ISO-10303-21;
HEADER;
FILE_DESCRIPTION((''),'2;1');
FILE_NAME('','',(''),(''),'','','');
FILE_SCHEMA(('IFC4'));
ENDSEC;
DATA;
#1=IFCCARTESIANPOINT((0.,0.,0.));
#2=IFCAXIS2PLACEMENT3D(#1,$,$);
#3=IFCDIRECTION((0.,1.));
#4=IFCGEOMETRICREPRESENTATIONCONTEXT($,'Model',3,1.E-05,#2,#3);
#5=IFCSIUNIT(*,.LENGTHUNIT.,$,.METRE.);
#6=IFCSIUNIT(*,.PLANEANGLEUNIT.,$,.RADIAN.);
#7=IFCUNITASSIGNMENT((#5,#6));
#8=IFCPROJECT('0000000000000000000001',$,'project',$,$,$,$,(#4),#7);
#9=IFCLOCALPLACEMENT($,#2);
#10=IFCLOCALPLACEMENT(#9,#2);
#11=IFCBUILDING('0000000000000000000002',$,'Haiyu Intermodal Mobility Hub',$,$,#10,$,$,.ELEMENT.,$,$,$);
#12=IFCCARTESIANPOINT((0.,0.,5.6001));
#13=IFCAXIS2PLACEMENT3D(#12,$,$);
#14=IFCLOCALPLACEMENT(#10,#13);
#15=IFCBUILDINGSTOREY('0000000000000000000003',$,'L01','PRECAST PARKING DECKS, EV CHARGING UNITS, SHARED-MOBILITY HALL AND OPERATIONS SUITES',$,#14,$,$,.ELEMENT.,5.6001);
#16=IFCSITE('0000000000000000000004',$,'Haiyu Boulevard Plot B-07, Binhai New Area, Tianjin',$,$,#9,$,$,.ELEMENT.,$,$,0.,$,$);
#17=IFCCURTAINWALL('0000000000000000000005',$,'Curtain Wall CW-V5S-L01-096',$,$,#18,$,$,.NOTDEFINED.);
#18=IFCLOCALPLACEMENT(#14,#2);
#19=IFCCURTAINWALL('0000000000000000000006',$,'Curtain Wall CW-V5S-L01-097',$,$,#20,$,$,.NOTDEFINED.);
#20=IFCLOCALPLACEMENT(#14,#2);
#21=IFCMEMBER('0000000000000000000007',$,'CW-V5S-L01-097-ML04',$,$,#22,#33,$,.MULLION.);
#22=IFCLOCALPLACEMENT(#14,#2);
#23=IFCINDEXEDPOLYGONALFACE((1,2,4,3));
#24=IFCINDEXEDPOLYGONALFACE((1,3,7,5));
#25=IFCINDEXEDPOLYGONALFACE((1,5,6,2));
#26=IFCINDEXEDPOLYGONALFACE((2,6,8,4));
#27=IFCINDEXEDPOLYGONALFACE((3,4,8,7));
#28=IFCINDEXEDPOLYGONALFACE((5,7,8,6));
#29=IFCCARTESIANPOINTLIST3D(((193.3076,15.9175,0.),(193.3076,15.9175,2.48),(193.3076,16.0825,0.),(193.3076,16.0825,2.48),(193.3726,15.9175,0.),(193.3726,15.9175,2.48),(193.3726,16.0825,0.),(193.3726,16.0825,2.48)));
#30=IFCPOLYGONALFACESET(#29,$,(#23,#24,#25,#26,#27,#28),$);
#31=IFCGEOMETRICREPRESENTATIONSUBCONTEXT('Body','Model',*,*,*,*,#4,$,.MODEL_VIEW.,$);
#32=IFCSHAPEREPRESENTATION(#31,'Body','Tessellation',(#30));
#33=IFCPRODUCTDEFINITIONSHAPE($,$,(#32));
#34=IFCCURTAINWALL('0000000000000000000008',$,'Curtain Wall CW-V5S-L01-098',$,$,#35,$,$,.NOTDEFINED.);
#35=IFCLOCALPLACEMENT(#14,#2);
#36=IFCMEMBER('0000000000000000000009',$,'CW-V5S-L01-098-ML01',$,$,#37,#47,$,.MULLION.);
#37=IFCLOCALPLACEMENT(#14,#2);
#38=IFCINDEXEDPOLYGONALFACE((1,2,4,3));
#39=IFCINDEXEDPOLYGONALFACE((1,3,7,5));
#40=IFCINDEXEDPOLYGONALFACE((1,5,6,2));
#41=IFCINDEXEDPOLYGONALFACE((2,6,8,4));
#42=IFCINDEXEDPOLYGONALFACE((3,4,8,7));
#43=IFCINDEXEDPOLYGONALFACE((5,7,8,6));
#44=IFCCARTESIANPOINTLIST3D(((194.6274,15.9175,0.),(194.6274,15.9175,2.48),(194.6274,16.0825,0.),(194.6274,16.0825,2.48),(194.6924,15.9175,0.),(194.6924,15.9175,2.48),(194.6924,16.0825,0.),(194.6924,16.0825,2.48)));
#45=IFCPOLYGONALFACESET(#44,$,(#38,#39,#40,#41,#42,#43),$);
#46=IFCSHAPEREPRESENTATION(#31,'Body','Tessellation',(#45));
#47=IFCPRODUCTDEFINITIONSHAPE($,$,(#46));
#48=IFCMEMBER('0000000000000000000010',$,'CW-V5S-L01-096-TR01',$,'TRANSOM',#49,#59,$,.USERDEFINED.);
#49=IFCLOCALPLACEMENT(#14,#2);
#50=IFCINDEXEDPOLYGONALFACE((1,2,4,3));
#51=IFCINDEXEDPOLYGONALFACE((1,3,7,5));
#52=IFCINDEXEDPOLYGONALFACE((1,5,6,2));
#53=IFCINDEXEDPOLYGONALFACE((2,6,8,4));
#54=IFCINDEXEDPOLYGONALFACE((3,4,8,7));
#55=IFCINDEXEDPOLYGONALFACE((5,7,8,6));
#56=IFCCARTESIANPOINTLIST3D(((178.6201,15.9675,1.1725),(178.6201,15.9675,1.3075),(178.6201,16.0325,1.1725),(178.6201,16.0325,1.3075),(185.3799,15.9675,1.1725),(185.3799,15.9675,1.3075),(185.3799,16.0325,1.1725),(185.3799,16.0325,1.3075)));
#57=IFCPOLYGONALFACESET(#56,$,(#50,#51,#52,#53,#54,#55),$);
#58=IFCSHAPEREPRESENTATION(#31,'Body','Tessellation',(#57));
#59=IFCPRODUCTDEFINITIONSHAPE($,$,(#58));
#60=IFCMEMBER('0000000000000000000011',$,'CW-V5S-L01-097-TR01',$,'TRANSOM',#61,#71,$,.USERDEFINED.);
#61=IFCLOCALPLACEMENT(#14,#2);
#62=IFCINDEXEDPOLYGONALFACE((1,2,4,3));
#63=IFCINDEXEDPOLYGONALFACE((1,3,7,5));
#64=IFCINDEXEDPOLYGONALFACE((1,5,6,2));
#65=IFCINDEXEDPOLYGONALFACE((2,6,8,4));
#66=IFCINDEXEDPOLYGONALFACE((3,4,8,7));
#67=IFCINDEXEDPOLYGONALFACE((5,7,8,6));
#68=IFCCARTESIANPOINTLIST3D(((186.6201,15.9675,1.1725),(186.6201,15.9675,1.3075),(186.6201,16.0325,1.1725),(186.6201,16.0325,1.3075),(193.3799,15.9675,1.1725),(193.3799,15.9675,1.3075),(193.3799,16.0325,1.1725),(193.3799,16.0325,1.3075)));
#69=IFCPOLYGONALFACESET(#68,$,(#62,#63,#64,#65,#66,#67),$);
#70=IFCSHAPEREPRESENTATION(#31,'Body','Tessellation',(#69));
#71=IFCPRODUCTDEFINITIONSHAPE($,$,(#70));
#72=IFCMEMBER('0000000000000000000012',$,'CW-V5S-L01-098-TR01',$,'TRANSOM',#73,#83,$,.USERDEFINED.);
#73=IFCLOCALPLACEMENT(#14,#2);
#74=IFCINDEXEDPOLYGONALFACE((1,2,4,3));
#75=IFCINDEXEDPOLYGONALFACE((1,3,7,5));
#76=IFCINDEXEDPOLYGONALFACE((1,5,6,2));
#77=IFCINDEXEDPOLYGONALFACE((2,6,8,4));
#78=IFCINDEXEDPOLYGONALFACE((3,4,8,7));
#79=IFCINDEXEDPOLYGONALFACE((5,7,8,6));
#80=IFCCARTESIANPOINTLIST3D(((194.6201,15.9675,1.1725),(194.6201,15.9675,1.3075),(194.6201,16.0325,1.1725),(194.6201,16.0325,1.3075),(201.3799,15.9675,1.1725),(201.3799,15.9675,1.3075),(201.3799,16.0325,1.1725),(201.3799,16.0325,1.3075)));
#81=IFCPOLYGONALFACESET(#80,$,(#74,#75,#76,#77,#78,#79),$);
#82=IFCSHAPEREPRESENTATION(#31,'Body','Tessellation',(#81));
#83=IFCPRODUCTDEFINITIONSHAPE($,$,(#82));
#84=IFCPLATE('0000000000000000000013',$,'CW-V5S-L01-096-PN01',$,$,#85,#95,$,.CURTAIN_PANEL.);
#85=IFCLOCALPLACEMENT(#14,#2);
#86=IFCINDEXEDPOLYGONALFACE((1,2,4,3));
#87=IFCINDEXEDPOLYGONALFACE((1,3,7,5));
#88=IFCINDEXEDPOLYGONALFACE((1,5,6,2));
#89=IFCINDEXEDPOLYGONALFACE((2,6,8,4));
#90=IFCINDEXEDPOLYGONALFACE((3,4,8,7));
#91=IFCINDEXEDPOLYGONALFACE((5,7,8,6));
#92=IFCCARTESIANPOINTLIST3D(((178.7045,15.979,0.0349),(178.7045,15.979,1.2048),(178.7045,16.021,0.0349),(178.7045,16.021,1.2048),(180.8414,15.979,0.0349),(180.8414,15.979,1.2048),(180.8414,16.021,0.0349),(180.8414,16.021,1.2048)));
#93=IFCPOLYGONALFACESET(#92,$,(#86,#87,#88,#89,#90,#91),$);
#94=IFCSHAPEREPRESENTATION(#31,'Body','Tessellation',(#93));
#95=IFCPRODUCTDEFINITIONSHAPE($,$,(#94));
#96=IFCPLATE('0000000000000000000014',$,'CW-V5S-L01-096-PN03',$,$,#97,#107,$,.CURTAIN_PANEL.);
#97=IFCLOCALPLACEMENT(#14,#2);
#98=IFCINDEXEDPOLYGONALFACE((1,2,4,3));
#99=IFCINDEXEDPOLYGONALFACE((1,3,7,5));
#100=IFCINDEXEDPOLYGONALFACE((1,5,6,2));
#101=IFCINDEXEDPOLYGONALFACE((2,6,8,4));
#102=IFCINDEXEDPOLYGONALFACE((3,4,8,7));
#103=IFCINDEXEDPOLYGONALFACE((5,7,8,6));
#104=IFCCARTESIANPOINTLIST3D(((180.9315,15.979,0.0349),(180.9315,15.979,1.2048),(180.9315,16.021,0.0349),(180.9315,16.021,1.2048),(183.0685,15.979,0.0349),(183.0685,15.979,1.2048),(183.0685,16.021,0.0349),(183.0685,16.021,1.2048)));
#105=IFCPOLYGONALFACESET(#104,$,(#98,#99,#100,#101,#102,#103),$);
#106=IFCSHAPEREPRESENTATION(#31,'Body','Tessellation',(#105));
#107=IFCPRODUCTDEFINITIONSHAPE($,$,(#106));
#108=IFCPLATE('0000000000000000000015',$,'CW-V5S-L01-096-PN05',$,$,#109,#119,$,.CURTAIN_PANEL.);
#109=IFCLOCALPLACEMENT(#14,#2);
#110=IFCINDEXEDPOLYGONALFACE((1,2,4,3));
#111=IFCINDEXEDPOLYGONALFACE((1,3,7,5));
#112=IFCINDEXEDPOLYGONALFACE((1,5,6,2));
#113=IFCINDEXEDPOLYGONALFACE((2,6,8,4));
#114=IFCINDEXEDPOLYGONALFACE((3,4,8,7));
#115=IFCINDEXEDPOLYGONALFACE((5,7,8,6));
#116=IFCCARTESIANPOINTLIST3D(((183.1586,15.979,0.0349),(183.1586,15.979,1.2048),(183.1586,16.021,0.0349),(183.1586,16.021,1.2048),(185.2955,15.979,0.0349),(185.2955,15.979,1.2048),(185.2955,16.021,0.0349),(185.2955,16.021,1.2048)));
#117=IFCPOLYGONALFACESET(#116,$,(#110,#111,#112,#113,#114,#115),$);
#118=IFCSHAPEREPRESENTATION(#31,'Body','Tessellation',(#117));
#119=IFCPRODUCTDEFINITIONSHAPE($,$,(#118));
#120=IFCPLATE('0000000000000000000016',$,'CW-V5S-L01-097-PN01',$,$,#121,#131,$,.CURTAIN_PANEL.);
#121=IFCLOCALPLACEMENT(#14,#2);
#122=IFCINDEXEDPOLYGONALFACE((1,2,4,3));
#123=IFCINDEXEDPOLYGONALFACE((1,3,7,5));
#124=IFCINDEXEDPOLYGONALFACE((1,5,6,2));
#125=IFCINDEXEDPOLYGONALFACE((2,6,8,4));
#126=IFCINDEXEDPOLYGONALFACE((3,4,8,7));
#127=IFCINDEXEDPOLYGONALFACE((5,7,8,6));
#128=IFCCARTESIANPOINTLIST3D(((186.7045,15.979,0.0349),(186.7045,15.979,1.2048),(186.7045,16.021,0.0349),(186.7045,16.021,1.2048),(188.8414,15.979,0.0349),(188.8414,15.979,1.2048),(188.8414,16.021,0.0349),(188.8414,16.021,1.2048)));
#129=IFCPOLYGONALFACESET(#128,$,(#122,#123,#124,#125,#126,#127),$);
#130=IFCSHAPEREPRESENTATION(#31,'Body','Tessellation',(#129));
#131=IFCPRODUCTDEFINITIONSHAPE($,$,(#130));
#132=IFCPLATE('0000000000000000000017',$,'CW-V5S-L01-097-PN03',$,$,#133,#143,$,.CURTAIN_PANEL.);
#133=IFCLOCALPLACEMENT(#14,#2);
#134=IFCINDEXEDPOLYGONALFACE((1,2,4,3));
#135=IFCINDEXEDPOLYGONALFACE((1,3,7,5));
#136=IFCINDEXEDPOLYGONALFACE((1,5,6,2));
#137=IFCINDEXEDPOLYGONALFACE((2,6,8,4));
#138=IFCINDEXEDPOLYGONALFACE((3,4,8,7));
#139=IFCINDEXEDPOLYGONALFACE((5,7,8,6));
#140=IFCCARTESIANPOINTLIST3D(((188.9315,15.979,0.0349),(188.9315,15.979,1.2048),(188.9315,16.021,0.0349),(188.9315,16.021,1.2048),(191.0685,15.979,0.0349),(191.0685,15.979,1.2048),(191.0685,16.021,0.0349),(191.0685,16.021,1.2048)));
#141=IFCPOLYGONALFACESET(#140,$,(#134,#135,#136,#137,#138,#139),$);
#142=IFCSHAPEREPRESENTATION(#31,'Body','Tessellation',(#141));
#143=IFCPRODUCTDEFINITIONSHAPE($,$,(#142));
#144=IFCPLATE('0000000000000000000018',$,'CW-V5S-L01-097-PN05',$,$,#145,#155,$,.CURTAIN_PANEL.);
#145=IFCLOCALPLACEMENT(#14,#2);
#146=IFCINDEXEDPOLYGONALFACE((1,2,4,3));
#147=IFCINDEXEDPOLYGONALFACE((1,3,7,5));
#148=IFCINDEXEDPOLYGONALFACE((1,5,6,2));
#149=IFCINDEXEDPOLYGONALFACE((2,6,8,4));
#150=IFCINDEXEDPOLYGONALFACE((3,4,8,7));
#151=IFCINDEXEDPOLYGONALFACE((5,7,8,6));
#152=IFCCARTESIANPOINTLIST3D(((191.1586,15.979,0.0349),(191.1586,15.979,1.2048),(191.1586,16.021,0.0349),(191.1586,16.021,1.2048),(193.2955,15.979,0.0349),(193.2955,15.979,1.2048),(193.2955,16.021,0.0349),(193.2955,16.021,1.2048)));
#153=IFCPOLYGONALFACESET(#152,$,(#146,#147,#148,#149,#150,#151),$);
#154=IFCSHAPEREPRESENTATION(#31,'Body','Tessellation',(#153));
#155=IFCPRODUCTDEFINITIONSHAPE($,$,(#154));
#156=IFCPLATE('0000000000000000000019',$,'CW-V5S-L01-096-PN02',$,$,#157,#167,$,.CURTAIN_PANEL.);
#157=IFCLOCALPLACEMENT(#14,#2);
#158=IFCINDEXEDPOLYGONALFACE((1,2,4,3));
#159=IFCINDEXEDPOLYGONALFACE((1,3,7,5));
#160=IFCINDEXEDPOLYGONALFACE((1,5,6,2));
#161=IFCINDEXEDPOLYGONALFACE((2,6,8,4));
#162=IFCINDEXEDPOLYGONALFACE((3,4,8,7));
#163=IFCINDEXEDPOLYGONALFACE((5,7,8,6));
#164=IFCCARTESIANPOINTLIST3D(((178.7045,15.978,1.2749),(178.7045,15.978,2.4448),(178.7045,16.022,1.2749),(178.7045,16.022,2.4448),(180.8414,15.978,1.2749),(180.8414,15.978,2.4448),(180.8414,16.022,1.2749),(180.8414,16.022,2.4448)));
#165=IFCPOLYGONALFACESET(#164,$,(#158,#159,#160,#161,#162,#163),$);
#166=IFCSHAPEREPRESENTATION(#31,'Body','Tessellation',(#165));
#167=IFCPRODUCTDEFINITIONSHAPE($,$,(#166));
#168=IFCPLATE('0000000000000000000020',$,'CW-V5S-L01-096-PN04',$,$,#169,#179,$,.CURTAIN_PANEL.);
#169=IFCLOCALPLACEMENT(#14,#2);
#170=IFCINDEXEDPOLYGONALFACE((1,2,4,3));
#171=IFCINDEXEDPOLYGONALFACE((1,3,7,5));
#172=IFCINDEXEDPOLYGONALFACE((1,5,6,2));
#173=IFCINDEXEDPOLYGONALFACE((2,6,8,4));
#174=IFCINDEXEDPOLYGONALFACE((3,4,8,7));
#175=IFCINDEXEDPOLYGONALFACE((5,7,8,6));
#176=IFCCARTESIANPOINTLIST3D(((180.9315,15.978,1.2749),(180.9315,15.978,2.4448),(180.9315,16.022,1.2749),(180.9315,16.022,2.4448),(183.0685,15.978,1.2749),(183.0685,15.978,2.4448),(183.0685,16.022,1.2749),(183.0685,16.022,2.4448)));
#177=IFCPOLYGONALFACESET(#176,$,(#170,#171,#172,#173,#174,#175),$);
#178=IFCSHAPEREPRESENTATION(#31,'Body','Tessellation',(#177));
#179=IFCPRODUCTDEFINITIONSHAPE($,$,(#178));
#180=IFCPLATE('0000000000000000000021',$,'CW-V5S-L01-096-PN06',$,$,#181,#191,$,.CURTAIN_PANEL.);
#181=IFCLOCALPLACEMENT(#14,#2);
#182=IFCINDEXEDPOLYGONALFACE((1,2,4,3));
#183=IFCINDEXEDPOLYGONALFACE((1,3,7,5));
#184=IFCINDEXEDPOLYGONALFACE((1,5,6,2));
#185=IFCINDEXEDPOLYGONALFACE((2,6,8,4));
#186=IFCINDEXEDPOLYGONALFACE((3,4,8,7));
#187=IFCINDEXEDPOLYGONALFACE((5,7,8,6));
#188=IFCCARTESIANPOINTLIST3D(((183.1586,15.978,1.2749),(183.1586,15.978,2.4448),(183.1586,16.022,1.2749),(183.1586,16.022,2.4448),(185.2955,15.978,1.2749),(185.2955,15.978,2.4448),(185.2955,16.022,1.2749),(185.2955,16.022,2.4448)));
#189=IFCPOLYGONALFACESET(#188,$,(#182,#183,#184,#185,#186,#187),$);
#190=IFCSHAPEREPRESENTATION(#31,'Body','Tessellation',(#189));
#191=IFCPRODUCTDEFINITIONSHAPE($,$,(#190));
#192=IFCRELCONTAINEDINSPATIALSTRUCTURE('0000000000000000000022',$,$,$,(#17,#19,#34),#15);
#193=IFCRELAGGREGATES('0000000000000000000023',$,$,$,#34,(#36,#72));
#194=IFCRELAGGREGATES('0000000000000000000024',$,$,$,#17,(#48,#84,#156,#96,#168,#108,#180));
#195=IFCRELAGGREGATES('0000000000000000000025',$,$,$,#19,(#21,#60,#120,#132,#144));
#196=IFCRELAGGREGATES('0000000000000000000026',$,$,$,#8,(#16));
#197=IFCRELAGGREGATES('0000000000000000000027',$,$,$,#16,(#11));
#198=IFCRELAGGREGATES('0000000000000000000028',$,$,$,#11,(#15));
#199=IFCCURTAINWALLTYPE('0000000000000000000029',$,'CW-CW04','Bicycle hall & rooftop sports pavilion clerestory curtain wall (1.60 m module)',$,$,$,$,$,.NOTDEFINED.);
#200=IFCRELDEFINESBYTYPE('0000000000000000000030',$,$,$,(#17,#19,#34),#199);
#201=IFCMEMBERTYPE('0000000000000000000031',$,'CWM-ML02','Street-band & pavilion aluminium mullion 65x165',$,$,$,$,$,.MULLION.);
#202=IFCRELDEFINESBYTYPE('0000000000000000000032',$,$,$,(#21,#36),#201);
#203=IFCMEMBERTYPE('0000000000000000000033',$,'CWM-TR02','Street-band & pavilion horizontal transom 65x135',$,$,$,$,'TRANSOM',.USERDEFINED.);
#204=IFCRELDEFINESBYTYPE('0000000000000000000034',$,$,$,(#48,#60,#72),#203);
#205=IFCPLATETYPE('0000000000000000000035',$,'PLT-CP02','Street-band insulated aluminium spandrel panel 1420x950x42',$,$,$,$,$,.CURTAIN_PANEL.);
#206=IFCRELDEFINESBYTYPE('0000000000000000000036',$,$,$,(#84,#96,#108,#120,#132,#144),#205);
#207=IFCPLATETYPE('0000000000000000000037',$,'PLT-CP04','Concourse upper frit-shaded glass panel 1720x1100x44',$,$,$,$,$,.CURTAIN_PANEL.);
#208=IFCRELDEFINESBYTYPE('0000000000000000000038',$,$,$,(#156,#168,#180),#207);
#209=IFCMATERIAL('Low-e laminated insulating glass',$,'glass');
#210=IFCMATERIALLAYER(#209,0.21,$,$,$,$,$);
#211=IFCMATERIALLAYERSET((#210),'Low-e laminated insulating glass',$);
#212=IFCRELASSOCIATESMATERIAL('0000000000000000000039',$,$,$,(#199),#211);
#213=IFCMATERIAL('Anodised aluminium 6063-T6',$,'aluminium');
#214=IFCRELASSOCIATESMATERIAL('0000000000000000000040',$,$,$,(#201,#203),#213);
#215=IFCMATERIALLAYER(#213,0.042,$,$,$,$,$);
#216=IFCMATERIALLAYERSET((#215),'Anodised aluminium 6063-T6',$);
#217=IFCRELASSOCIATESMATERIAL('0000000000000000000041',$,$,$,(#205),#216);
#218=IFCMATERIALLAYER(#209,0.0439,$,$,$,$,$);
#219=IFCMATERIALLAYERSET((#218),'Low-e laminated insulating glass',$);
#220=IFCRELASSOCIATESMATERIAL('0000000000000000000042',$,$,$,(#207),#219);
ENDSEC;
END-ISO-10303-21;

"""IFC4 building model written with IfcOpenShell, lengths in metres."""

from ifc_helpers import new_model, si_unit, direction, frame, origin, origin_2d, place, context, subcontext, project, spatial, rectangle, extrude, material, layer, layer_set, material_profile, profile_set, type_object, element, aggregate, save


model = new_model("IFC4")

# Units and contexts
model_context = context("Model", 3, precision=1e-05, world=origin(), true_north=direction((0.0, 1.0)))
body_context = subcontext(model_context, "Body", "Model", "MODEL_VIEW")
ifc_project = project(units=[si_unit("LENGTHUNIT", "METRE"), si_unit("PLANEANGLEUNIT", "RADIAN")], contexts=[model_context])

# Site, building, storey
site_placement = place(None, origin())
site = spatial("IfcSite", under=ifc_project, at=site_placement, Name="Haiyu Boulevard Plot B-07, Binhai New Area, Tianjin", CompositionType="ELEMENT", RefElevation=0.0)
building_placement = place(site_placement, origin())
building = spatial("IfcBuilding", under=site, at=building_placement, Name="Haiyu Intermodal Mobility Hub", CompositionType="ELEMENT")
storey_placement = place(building_placement, frame((0.0, 0.0, 5.6001)))
storey = spatial("IfcBuildingStorey", under=building, at=storey_placement, Name="L01", Description="PRECAST PARKING DECKS, EV CHARGING UNITS, SHARED-MOBILITY HALL AND OPERATIONS SUITES", CompositionType="ELEMENT", Elevation=5.6001)

# Curtain walls, member
ifc_material_1 = material(Name="Low-e laminated insulating glass", Category="glass")
ifc_layer_1 = layer(ifc_material_1, 0.21)
ifc_layer_set_1 = layer_set([ifc_layer_1], Name="Low-e laminated insulating glass")
curtain_wall_type = type_object("IfcCurtainWallType", Name="CW-CW04", Description="Bicycle hall & rooftop sports pavilion clerestory curtain wall (1.60 m module)", PredefinedType="NOTDEFINED", material=ifc_layer_set_1)
curtain_wall_1_placement = place(storey_placement, origin())
curtain_wall_1 = element("IfcCurtainWall", 1, at=curtain_wall_1_placement, inside=storey, type_object=curtain_wall_type, Name="Curtain Wall CW-V5S-L01-096", PredefinedType="NOTDEFINED")
ifc_material_2 = material(Name="Anodised aluminium 6063-T6", Category="aluminium")
ifc_material_profile_1 = material_profile(ifc_material_2, rectangle(XDim=0.0649, YDim=0.165, at=origin_2d()), Name="ALU65x165")
ifc_profile_set_1 = profile_set([ifc_material_profile_1], Name="Anodised aluminium 6063-T6")
member_type_1 = type_object("IfcMemberType", Name="CWM-ML02", Description="Street-band & pavilion aluminium mullion 65x165", PredefinedType="MULLION", material=ifc_profile_set_1)
curtain_wall_2_placement = place(storey_placement, origin())
curtain_wall_2 = element("IfcCurtainWall", 2, at=curtain_wall_2_placement, inside=storey, type_object=curtain_wall_type, Name="Curtain Wall CW-V5S-L01-097", PredefinedType="NOTDEFINED")
member_1_placement = place(storey_placement, frame((193.3401, 16.0, 0.0), z_axis=(0.0, 0.0, 1.0), x_axis=(1.0, 0.0, 0.0)))
member_1 = element("IfcMember", 3, at=member_1_placement, type_object=member_type_1, Name="CW-V5S-L01-097-ML04", PredefinedType="MULLION", context=body_context, shape_type="SweptSolid", body=[
    extrude(rectangle(XDim=0.0649, YDim=0.165, at=origin_2d()), origin(), (0.0, 0.0, 1.0), 2.48),
])

# Curtain wall, member
curtain_wall_3_placement = place(storey_placement, origin())
curtain_wall_3 = element("IfcCurtainWall", 4, at=curtain_wall_3_placement, inside=storey, type_object=curtain_wall_type, Name="Curtain Wall CW-V5S-L01-098", PredefinedType="NOTDEFINED")
member_2_placement = place(storey_placement, frame((194.6599, 16.0, 0.0), z_axis=(0.0, 0.0, 1.0), x_axis=(1.0, 0.0, 0.0)))
member_2 = element("IfcMember", 5, at=member_2_placement, type_object=member_type_1, Name="CW-V5S-L01-098-ML01", PredefinedType="MULLION", context=body_context, shape_type="SweptSolid", body=[
    extrude(rectangle(XDim=0.0649, YDim=0.165, at=origin_2d()), origin(), (0.0, 0.0, 1.0), 2.48),
])

# Members
ifc_material_profile_2 = material_profile(ifc_material_2, rectangle(XDim=0.0649, YDim=0.135, at=origin_2d()), Name="ALU65x135")
ifc_profile_set_2 = profile_set([ifc_material_profile_2], Name="Anodised aluminium 6063-T6")
member_type_2 = type_object("IfcMemberType", Name="CWM-TR02", Description="Street-band & pavilion horizontal transom 65x135", ElementType="TRANSOM", PredefinedType="USERDEFINED", material=ifc_profile_set_2)
member_3_placement = place(storey_placement, frame((178.6201, 16.0, 1.24), z_axis=(1.0, 0.0, 0.0), x_axis=(0.0, 1.0, 0.0)))
member_3 = element("IfcMember", 6, at=member_3_placement, type_object=member_type_2, Name="CW-V5S-L01-096-TR01", ObjectType="TRANSOM", PredefinedType="USERDEFINED", context=body_context, shape_type="SweptSolid", body=[
    extrude(rectangle(XDim=0.0649, YDim=0.135, at=origin_2d()), origin(), (0.0, 0.0, 1.0), 6.7598),
])
member_4_placement = place(storey_placement, frame((186.6201, 16.0, 1.24), z_axis=(1.0, 0.0, 0.0), x_axis=(0.0, 1.0, 0.0)))
member_4 = element("IfcMember", 7, at=member_4_placement, type_object=member_type_2, Name="CW-V5S-L01-097-TR01", ObjectType="TRANSOM", PredefinedType="USERDEFINED", context=body_context, shape_type="SweptSolid", body=[
    extrude(rectangle(XDim=0.0649, YDim=0.135, at=origin_2d()), origin(), (0.0, 0.0, 1.0), 6.7598),
])
member_5_placement = place(storey_placement, frame((194.6201, 16.0, 1.24), z_axis=(1.0, 0.0, 0.0), x_axis=(0.0, 1.0, 0.0)))
member_5 = element("IfcMember", 8, at=member_5_placement, type_object=member_type_2, Name="CW-V5S-L01-098-TR01", ObjectType="TRANSOM", PredefinedType="USERDEFINED", context=body_context, shape_type="SweptSolid", body=[
    extrude(rectangle(XDim=0.0649, YDim=0.135, at=origin_2d()), origin(), (0.0, 0.0, 1.0), 6.7598),
])
aggregate(curtain_wall_3, [member_2, member_5])

# Plates
ifc_layer_2 = layer(ifc_material_2, 0.042)
ifc_layer_set_2 = layer_set([ifc_layer_2], Name="Anodised aluminium 6063-T6")
plate_type_1 = type_object("IfcPlateType", Name="PLT-CP02", Description="Street-band insulated aluminium spandrel panel 1420x950x42", PredefinedType="CURTAIN_PANEL", material=ifc_layer_set_2)
plate_1_placement = place(storey_placement, frame((179.7729, 16.0, 0.0349), z_axis=(0.0, 0.0, 1.0), x_axis=(1.0, 0.0, 0.0)))
plate_1 = element("IfcPlate", 9, at=plate_1_placement, type_object=plate_type_1, Name="CW-V5S-L01-096-PN01", PredefinedType="CURTAIN_PANEL", context=body_context, shape_type="SweptSolid", body=[
    extrude(rectangle(XDim=2.137, YDim=0.042, at=origin_2d()), origin(), (0.0, 0.0, 1.0), 1.1699),
])
plate_2_placement = place(storey_placement, frame((182.0, 16.0, 0.0349), z_axis=(0.0, 0.0, 1.0), x_axis=(1.0, 0.0, 0.0)))
plate_2 = element("IfcPlate", 10, at=plate_2_placement, type_object=plate_type_1, Name="CW-V5S-L01-096-PN03", PredefinedType="CURTAIN_PANEL", context=body_context, shape_type="SweptSolid", body=[
    extrude(rectangle(XDim=2.137, YDim=0.042, at=origin_2d()), origin(), (0.0, 0.0, 1.0), 1.1699),
])
plate_3_placement = place(storey_placement, frame((184.2271, 16.0, 0.0349), z_axis=(0.0, 0.0, 1.0), x_axis=(1.0, 0.0, 0.0)))
plate_3 = element("IfcPlate", 11, at=plate_3_placement, type_object=plate_type_1, Name="CW-V5S-L01-096-PN05", PredefinedType="CURTAIN_PANEL", context=body_context, shape_type="SweptSolid", body=[
    extrude(rectangle(XDim=2.137, YDim=0.042, at=origin_2d()), origin(), (0.0, 0.0, 1.0), 1.1699),
])
plate_4_placement = place(storey_placement, frame((187.7729, 16.0, 0.0349), z_axis=(0.0, 0.0, 1.0), x_axis=(1.0, 0.0, 0.0)))
plate_4 = element("IfcPlate", 12, at=plate_4_placement, type_object=plate_type_1, Name="CW-V5S-L01-097-PN01", PredefinedType="CURTAIN_PANEL", context=body_context, shape_type="SweptSolid", body=[
    extrude(rectangle(XDim=2.137, YDim=0.042, at=origin_2d()), origin(), (0.0, 0.0, 1.0), 1.1699),
])
plate_5_placement = place(storey_placement, frame((190.0, 16.0, 0.0349), z_axis=(0.0, 0.0, 1.0), x_axis=(1.0, 0.0, 0.0)))
plate_5 = element("IfcPlate", 13, at=plate_5_placement, type_object=plate_type_1, Name="CW-V5S-L01-097-PN03", PredefinedType="CURTAIN_PANEL", context=body_context, shape_type="SweptSolid", body=[
    extrude(rectangle(XDim=2.137, YDim=0.042, at=origin_2d()), origin(), (0.0, 0.0, 1.0), 1.1699),
])
plate_6_placement = place(storey_placement, frame((192.2271, 16.0, 0.0349), z_axis=(0.0, 0.0, 1.0), x_axis=(1.0, 0.0, 0.0)))
plate_6 = element("IfcPlate", 14, at=plate_6_placement, type_object=plate_type_1, Name="CW-V5S-L01-097-PN05", PredefinedType="CURTAIN_PANEL", context=body_context, shape_type="SweptSolid", body=[
    extrude(rectangle(XDim=2.137, YDim=0.042, at=origin_2d()), origin(), (0.0, 0.0, 1.0), 1.1699),
])
ifc_layer_3 = layer(ifc_material_1, 0.0439)
ifc_layer_set_3 = layer_set([ifc_layer_3], Name="Low-e laminated insulating glass")
plate_type_2 = type_object("IfcPlateType", Name="PLT-CP04", Description="Concourse upper frit-shaded glass panel 1720x1100x44", PredefinedType="CURTAIN_PANEL", material=ifc_layer_set_3)
plate_7_placement = place(storey_placement, frame((179.7729, 16.0, 1.2749), z_axis=(0.0, 0.0, 1.0), x_axis=(1.0, 0.0, 0.0)))
plate_7 = element("IfcPlate", 15, at=plate_7_placement, type_object=plate_type_2, Name="CW-V5S-L01-096-PN02", PredefinedType="CURTAIN_PANEL", context=body_context, shape_type="SweptSolid", body=[
    extrude(rectangle(XDim=2.137, YDim=0.0439, at=origin_2d()), origin(), (0.0, 0.0, 1.0), 1.1699),
])
plate_8_placement = place(storey_placement, frame((182.0, 16.0, 1.2749), z_axis=(0.0, 0.0, 1.0), x_axis=(1.0, 0.0, 0.0)))
plate_8 = element("IfcPlate", 16, at=plate_8_placement, type_object=plate_type_2, Name="CW-V5S-L01-096-PN04", PredefinedType="CURTAIN_PANEL", context=body_context, shape_type="SweptSolid", body=[
    extrude(rectangle(XDim=2.137, YDim=0.0439, at=origin_2d()), origin(), (0.0, 0.0, 1.0), 1.1699),
])
plate_9_placement = place(storey_placement, frame((184.2271, 16.0, 1.2749), z_axis=(0.0, 0.0, 1.0), x_axis=(1.0, 0.0, 0.0)))
plate_9 = element("IfcPlate", 17, at=plate_9_placement, type_object=plate_type_2, Name="CW-V5S-L01-096-PN06", PredefinedType="CURTAIN_PANEL", context=body_context, shape_type="SweptSolid", body=[
    extrude(rectangle(XDim=2.137, YDim=0.0439, at=origin_2d()), origin(), (0.0, 0.0, 1.0), 1.1699),
])
aggregate(curtain_wall_1, [member_3, plate_1, plate_7, plate_2, plate_8, plate_3, plate_9])
aggregate(curtain_wall_2, [member_1, member_4, plate_4, plate_5, plate_6])

save(model, "model.ifc")
